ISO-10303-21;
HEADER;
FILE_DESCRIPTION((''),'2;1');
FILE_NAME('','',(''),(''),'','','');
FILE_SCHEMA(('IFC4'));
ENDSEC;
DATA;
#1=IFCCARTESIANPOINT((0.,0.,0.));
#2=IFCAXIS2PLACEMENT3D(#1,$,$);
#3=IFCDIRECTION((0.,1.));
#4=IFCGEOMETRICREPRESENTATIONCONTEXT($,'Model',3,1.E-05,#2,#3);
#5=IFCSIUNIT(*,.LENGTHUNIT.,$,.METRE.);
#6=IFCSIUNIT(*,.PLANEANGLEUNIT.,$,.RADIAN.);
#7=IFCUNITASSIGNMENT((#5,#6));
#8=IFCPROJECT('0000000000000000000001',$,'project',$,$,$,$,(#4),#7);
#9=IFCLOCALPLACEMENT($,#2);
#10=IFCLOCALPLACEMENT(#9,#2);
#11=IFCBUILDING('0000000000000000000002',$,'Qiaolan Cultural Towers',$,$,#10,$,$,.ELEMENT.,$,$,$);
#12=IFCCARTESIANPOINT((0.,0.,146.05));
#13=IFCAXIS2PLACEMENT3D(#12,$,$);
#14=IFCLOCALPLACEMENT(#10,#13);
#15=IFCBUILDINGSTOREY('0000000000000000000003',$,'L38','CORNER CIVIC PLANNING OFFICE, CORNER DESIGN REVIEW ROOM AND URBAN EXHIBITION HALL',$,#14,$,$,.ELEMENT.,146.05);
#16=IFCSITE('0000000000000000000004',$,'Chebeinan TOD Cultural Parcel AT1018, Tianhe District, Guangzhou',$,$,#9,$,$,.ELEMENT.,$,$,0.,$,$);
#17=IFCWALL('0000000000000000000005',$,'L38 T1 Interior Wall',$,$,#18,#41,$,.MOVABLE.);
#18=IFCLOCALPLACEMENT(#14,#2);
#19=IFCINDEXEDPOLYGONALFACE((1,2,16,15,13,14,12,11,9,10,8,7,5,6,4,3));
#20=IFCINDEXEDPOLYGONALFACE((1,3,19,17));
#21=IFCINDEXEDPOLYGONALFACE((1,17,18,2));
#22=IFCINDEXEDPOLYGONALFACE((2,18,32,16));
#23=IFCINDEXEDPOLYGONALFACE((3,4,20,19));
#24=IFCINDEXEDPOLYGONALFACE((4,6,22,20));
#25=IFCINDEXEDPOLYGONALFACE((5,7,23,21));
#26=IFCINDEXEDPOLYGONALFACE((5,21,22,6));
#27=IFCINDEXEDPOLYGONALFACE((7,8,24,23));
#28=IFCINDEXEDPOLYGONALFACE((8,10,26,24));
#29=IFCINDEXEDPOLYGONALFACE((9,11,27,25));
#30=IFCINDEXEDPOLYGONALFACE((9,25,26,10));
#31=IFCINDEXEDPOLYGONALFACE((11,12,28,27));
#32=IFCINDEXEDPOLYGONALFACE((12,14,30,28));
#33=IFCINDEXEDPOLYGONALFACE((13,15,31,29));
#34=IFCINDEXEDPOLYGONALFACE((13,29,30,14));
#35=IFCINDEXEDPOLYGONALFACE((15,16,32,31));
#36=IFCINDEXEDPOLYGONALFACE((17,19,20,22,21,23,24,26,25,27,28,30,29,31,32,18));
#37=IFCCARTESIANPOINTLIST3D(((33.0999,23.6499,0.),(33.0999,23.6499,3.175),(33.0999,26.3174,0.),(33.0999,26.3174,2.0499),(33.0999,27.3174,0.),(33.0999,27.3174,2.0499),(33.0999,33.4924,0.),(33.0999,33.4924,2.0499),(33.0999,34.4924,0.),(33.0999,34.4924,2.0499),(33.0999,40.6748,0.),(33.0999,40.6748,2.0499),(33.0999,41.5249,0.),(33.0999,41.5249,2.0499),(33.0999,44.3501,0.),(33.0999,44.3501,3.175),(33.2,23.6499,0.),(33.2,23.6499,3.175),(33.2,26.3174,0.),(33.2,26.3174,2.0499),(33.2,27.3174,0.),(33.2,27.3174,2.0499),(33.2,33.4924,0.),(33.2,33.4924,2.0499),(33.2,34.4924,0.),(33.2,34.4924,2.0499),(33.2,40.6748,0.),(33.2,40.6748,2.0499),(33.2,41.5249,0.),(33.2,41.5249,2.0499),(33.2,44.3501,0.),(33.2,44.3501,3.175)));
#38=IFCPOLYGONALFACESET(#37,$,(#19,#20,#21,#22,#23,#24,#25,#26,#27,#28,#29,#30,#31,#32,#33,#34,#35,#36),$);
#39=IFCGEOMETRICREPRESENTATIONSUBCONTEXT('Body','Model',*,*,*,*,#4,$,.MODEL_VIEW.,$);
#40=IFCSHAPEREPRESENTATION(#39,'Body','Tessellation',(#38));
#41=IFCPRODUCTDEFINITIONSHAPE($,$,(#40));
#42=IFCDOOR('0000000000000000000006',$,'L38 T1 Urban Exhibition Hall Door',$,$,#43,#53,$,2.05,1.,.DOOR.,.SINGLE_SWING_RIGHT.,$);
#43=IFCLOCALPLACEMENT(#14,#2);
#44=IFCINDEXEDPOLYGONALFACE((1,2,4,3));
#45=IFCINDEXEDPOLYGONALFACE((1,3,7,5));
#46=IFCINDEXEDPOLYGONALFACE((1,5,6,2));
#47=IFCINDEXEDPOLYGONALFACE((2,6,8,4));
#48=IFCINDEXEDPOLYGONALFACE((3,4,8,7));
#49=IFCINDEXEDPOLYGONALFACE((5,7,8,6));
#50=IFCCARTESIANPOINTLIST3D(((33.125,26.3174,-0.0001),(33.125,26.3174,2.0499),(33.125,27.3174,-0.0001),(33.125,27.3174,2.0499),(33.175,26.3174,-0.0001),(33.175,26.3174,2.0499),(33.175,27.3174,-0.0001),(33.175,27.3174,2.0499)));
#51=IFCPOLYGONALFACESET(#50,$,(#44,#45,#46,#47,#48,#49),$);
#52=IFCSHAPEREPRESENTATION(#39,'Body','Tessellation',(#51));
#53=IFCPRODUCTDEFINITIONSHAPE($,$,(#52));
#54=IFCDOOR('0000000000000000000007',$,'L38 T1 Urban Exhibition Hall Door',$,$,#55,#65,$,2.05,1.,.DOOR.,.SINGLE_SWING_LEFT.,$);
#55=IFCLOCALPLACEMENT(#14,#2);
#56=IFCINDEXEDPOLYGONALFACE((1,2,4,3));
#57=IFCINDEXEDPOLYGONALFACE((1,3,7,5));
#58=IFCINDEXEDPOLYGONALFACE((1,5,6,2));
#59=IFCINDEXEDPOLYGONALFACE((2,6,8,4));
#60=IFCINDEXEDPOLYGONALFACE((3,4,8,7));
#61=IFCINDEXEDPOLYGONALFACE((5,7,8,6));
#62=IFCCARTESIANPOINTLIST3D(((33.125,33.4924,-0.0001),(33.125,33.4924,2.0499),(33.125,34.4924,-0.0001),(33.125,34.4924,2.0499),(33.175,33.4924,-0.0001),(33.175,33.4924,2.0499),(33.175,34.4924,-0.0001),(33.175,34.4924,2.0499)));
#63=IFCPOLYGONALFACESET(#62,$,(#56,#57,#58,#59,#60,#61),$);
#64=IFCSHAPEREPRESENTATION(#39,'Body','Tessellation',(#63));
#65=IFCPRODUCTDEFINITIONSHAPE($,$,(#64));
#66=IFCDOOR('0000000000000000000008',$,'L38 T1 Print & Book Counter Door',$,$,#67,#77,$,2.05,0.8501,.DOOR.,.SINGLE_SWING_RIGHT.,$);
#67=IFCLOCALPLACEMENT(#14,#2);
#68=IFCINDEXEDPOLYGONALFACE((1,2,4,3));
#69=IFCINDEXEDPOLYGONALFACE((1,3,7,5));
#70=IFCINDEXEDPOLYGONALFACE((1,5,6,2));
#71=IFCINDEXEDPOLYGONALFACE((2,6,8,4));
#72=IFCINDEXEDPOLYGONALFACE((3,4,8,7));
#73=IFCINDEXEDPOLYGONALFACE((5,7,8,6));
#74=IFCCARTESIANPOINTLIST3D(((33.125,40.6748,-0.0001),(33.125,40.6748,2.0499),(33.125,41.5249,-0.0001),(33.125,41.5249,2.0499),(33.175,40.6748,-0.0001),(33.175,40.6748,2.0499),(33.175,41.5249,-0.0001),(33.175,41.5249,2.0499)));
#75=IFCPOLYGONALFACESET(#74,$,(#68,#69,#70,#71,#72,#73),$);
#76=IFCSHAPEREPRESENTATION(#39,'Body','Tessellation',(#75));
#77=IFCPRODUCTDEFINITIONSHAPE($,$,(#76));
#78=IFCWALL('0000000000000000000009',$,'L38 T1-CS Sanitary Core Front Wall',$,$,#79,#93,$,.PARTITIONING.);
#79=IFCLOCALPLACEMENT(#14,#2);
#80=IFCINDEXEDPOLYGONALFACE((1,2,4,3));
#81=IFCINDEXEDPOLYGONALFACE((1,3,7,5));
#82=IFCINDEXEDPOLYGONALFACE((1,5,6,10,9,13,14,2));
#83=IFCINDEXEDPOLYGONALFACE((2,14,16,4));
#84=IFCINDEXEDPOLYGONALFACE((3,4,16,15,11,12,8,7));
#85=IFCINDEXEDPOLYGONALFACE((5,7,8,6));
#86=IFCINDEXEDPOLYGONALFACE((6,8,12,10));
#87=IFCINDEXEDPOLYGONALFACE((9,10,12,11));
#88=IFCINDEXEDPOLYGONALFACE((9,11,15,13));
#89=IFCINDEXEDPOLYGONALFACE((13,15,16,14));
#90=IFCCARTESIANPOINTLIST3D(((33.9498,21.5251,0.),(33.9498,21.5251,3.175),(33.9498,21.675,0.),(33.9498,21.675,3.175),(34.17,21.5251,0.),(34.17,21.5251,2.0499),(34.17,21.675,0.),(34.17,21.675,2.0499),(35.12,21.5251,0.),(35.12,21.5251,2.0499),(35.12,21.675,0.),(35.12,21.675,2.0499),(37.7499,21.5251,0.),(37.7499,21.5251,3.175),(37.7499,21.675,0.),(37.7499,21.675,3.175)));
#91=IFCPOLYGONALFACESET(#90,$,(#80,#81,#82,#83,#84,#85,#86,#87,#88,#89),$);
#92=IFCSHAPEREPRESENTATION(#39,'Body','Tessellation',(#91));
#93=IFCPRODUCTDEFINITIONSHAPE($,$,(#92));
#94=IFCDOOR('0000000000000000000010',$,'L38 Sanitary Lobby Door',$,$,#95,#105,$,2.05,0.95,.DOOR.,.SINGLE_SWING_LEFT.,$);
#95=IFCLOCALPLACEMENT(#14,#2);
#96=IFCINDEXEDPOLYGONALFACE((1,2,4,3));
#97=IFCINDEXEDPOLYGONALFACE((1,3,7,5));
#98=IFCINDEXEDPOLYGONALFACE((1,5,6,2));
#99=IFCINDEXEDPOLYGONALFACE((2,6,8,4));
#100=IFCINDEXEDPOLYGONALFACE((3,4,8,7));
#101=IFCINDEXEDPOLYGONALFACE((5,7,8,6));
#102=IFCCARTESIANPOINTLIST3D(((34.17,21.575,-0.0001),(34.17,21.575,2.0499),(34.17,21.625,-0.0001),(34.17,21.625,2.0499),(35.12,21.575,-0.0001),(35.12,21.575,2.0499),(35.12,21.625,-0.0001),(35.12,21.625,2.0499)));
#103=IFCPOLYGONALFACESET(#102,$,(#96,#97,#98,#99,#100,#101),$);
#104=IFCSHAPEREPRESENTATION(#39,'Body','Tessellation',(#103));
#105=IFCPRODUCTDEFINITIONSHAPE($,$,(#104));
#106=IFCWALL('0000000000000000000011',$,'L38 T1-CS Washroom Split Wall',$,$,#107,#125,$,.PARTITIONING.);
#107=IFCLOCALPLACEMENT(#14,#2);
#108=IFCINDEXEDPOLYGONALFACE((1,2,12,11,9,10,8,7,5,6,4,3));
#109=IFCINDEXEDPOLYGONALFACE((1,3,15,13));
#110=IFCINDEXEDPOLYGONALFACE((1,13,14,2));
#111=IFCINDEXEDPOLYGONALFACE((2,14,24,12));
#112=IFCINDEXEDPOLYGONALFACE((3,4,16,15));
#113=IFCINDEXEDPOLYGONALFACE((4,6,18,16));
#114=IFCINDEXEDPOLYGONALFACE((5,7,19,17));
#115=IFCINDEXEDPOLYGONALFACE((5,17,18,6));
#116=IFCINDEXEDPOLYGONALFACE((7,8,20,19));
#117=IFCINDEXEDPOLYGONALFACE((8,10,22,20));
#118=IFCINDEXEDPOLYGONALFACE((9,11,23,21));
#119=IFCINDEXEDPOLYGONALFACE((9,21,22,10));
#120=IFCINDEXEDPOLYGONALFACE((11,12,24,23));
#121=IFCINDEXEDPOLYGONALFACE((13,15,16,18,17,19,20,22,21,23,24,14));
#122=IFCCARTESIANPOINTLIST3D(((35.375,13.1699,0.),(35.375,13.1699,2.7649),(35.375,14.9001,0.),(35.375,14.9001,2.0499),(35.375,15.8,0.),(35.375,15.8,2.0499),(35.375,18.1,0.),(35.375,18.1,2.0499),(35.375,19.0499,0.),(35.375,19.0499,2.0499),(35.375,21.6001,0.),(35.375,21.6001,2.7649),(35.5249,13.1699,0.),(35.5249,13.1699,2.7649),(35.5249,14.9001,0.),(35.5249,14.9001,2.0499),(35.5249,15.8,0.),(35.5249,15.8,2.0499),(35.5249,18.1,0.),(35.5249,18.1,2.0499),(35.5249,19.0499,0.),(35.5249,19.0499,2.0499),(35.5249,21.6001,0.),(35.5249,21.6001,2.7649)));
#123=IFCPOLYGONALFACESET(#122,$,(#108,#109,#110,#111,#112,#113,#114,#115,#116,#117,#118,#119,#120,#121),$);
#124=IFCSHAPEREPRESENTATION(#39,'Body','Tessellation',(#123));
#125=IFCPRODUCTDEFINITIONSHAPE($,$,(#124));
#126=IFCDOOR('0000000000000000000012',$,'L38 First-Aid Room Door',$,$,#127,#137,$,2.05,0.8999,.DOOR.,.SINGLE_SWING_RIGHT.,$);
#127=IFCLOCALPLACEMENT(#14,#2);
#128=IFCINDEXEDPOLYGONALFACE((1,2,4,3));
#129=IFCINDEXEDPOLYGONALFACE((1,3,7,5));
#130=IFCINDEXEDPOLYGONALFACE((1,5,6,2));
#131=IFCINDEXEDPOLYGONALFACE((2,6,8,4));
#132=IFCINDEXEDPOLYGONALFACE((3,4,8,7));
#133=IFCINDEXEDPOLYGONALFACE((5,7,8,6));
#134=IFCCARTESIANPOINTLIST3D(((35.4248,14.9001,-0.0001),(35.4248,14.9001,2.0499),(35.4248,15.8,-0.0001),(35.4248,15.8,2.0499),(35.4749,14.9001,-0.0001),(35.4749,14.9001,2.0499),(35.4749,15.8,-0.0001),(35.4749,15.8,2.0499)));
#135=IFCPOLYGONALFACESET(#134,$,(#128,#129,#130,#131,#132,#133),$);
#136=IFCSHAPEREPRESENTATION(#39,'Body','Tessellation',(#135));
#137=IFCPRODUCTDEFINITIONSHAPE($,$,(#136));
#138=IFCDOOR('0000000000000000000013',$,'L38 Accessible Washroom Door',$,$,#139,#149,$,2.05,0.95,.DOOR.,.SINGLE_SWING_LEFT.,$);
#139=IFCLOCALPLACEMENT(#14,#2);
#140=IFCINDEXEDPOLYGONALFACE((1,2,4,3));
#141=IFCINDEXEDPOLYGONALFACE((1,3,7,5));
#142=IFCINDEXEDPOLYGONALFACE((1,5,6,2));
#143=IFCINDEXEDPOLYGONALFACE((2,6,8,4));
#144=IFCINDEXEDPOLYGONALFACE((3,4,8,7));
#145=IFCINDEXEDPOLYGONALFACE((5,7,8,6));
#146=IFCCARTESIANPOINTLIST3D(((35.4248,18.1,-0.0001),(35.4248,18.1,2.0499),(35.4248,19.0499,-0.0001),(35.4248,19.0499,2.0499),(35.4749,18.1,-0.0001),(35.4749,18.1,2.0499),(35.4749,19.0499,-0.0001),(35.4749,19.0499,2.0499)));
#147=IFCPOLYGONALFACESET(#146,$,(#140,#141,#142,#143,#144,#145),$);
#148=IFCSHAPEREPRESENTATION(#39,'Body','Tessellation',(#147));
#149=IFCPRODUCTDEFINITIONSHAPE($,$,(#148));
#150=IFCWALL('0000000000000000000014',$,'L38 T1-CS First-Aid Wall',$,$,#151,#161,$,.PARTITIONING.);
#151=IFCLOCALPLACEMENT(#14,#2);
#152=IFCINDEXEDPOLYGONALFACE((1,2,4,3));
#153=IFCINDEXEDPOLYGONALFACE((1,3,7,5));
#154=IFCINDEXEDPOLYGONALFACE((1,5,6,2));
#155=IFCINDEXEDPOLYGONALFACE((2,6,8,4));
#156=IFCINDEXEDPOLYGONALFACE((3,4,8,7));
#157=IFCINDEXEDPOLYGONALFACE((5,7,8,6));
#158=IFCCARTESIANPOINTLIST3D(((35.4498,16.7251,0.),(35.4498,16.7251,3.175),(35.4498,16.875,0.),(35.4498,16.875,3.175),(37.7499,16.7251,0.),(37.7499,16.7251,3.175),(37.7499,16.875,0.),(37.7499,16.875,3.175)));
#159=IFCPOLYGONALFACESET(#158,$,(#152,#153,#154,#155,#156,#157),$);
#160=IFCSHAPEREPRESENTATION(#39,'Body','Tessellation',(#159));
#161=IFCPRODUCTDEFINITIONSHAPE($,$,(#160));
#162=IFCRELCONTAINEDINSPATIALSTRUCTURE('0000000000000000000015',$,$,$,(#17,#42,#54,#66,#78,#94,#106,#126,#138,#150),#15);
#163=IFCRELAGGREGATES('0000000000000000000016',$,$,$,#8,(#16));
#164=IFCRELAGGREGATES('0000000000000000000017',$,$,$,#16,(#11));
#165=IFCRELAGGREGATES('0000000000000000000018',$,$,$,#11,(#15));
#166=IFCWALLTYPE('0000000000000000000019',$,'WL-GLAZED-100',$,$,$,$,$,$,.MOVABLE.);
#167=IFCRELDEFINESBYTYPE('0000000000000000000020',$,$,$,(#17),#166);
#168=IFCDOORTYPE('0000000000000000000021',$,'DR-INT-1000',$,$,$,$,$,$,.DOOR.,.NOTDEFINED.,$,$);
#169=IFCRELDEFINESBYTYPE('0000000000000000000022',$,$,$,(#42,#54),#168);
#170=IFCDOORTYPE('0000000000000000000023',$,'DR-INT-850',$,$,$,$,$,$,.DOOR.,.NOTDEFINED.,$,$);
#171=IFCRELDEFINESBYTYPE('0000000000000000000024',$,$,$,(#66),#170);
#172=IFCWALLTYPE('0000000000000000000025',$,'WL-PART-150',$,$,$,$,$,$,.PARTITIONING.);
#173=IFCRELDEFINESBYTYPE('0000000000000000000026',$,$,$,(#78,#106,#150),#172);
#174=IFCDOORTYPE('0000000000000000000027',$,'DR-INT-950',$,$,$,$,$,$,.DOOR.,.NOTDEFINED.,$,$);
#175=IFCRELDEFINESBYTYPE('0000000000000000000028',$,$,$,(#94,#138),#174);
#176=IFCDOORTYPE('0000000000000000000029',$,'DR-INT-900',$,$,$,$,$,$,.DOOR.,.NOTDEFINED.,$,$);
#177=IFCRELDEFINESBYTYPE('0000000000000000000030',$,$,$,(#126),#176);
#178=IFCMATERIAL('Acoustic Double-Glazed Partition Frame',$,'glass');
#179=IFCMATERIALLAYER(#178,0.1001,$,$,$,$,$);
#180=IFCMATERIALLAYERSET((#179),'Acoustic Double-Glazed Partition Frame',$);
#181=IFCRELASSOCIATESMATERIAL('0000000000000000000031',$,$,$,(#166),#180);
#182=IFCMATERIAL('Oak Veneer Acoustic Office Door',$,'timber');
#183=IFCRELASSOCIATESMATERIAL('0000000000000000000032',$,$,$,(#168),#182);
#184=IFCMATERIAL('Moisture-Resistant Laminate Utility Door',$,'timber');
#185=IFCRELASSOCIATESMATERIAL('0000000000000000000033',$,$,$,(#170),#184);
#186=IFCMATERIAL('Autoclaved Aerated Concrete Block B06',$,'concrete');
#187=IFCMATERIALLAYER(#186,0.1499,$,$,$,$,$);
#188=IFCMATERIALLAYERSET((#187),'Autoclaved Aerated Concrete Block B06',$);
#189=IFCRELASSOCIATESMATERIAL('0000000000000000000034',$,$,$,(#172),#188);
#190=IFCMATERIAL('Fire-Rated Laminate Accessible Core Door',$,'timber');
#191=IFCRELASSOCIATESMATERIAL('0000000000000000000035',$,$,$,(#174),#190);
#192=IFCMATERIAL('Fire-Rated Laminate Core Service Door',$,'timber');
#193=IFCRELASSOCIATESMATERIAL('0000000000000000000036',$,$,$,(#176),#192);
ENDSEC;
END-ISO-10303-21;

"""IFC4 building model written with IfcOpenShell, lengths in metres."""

from ifc_helpers import new_model, si_unit, direction, frame, frame_2d, origin, place, context, subcontext, project, spatial, rectangle, extrude, material, layer, layer_set, type_object, element, fill, save


model = new_model("IFC4")

# Units and contexts
model_context = context("Model", 3, precision=1e-05, world=origin(), true_north=direction((0.0, 1.0)))
body_context = subcontext(model_context, "Body", "Model", "MODEL_VIEW")
ifc_project = project(units=[si_unit("LENGTHUNIT", "METRE"), si_unit("PLANEANGLEUNIT", "RADIAN")], contexts=[model_context])

# Site, building, storey
site_placement = place(None, origin())
site = spatial("IfcSite", under=ifc_project, at=site_placement, Name="Chebeinan TOD Cultural Parcel AT1018, Tianhe District, Guangzhou", CompositionType="ELEMENT", RefElevation=0.0)
building_placement = place(site_placement, origin())
building = spatial("IfcBuilding", under=site, at=building_placement, Name="Qiaolan Cultural Towers", CompositionType="ELEMENT")
storey_placement = place(building_placement, frame((0.0, 0.0, 146.05)))
storey = spatial("IfcBuildingStorey", under=building, at=storey_placement, Name="L38", Description="CORNER CIVIC PLANNING OFFICE, CORNER DESIGN REVIEW ROOM AND URBAN EXHIBITION HALL", CompositionType="ELEMENT", Elevation=146.05)

# Shared definitions
ifc_material_1 = material(Name="Acoustic Double-Glazed Partition Frame", Category="glass")
ifc_layer_1 = layer(ifc_material_1, 0.1001)
ifc_layer_set_1 = layer_set([ifc_layer_1], Name="Acoustic Double-Glazed Partition Frame")
wall_type_1 = type_object("IfcWallType", Name="WL-GLAZED-100", PredefinedType="MOVABLE", material=ifc_layer_set_1)

# Wall, openings, doors
wall_1_placement = place(storey_placement, frame((33.1499, 23.6499, 0.0), z_axis=(0.0, 0.0, 1.0), x_axis=(0.0, 1.0, 0.0)))
wall_1 = element("IfcWall", 1, at=wall_1_placement, inside=storey, type_object=wall_type_1, Name="L38 T1 Interior Wall", PredefinedType="MOVABLE", context=body_context, shape_type="SweptSolid", body=[
    extrude(rectangle(XDim=20.7002, YDim=0.1001, at=frame_2d((10.3501, 0.0))), origin(), (0.0, 0.0, 1.0), 3.175),
])
opening_1_placement = place(wall_1_placement, frame((2.6675, 0.0, 0.0)))
opening_1 = element("IfcOpeningElement", 2, at=opening_1_placement, cuts=wall_1, PredefinedType="OPENING", context=body_context, shape_type="SweptSolid", body=[
    extrude(rectangle(XDim=1.0, YDim=2.05, at=frame_2d((0.5, 1.0249))), frame((0.0, 0.0601, 0.0), z_axis=(0.0, -1.0, 0.0), x_axis=(1.0, 0.0, 0.0)), (0.0, 0.0, 1.0), 0.1201),
])
opening_2_placement = place(wall_1_placement, frame((9.8425, 0.0, 0.0)))
opening_2 = element("IfcOpeningElement", 3, at=opening_2_placement, cuts=wall_1, PredefinedType="OPENING", context=body_context, shape_type="SweptSolid", body=[
    extrude(rectangle(XDim=1.0, YDim=2.05, at=frame_2d((0.5, 1.0249))), frame((0.0, 0.0601, 0.0), z_axis=(0.0, -1.0, 0.0), x_axis=(1.0, 0.0, 0.0)), (0.0, 0.0, 1.0), 0.1201),
])
opening_3_placement = place(wall_1_placement, frame((17.0249, 0.0, 0.0)))
opening_3 = element("IfcOpeningElement", 4, at=opening_3_placement, cuts=wall_1, PredefinedType="OPENING", context=body_context, shape_type="SweptSolid", body=[
    extrude(rectangle(XDim=0.8501, YDim=2.05, at=frame_2d((0.425, 1.0249))), frame((0.0, 0.0601, 0.0), z_axis=(0.0, -1.0, 0.0), x_axis=(1.0, 0.0, 0.0)), (0.0, 0.0, 1.0), 0.1201),
])
ifc_material_2 = material(Name="Oak Veneer Acoustic Office Door", Category="timber")
door_type_1 = type_object("IfcDoorType", Name="DR-INT-1000", OperationType="NOTDEFINED", PredefinedType="DOOR", material=ifc_material_2)
door_1_placement = place(opening_1_placement, origin())
door_1 = element("IfcDoor", 5, at=door_1_placement, inside=storey, type_object=door_type_1, Name="L38 T1 Urban Exhibition Hall Door", OperationType="SINGLE_SWING_RIGHT", OverallHeight=2.05, OverallWidth=1.0, PredefinedType="DOOR", context=body_context, shape_type="SweptSolid", body=[
    extrude(rectangle(XDim=1.0, YDim=2.05, at=frame_2d((0.5, 1.0249))), frame((0.0, 0.0249, 0.0), z_axis=(0.0, -1.0, 0.0), x_axis=(1.0, 0.0, 0.0)), (0.0, 0.0, 1.0), 0.05),
])
fill(opening_1, door_1)
door_2_placement = place(opening_2_placement, origin())
door_2 = element("IfcDoor", 6, at=door_2_placement, inside=storey, type_object=door_type_1, Name="L38 T1 Urban Exhibition Hall Door", OperationType="SINGLE_SWING_LEFT", OverallHeight=2.05, OverallWidth=1.0, PredefinedType="DOOR", context=body_context, shape_type="SweptSolid", body=[
    extrude(rectangle(XDim=1.0, YDim=2.05, at=frame_2d((0.5, 1.0249))), frame((0.0, 0.0249, 0.0), z_axis=(0.0, -1.0, 0.0), x_axis=(1.0, 0.0, 0.0)), (0.0, 0.0, 1.0), 0.05),
])
fill(opening_2, door_2)
ifc_material_3 = material(Name="Moisture-Resistant Laminate Utility Door", Category="timber")
door_type_2 = type_object("IfcDoorType", Name="DR-INT-850", OperationType="NOTDEFINED", PredefinedType="DOOR", material=ifc_material_3)
door_3_placement = place(opening_3_placement, origin())
door_3 = element("IfcDoor", 7, at=door_3_placement, inside=storey, type_object=door_type_2, Name="L38 T1 Print & Book Counter Door", OperationType="SINGLE_SWING_RIGHT", OverallHeight=2.05, OverallWidth=0.8501, PredefinedType="DOOR", context=body_context, shape_type="SweptSolid", body=[
    extrude(rectangle(XDim=0.8501, YDim=2.05, at=frame_2d((0.425, 1.0249))), frame((0.0, 0.0249, 0.0), z_axis=(0.0, -1.0, 0.0), x_axis=(1.0, 0.0, 0.0)), (0.0, 0.0, 1.0), 0.05),
])
fill(opening_3, door_3)

# Wall, opening, door
ifc_material_4 = material(Name="Autoclaved Aerated Concrete Block B06", Category="concrete")
ifc_layer_2 = layer(ifc_material_4, 0.1499)
ifc_layer_set_2 = layer_set([ifc_layer_2], Name="Autoclaved Aerated Concrete Block B06")
wall_type_2 = type_object("IfcWallType", Name="WL-PART-150", PredefinedType="PARTITIONING", material=ifc_layer_set_2)
wall_2_placement = place(storey_placement, frame((33.95, 21.6001, 0.0), z_axis=(0.0, 0.0, 1.0), x_axis=(1.0, 0.0, 0.0)))
wall_2 = element("IfcWall", 8, at=wall_2_placement, inside=storey, type_object=wall_type_2, Name="L38 T1-CS Sanitary Core Front Wall", PredefinedType="PARTITIONING", context=body_context, shape_type="SweptSolid", body=[
    extrude(rectangle(XDim=3.8, YDim=0.1499, at=frame_2d((1.8999, 0.0))), origin(), (0.0, 0.0, 1.0), 3.175),
])
opening_4_placement = place(wall_2_placement, frame((0.22, 0.0, 0.0)))
opening_4 = element("IfcOpeningElement", 9, at=opening_4_placement, cuts=wall_2, PredefinedType="OPENING", context=body_context, shape_type="SweptSolid", body=[
    extrude(rectangle(XDim=0.95, YDim=2.05, at=frame_2d((0.4751, 1.0249))), frame((0.0, 0.085, 0.0), z_axis=(0.0, -1.0, 0.0), x_axis=(1.0, 0.0, 0.0)), (0.0, 0.0, 1.0), 0.1699),
])
ifc_material_5 = material(Name="Fire-Rated Laminate Accessible Core Door", Category="timber")
door_type_3 = type_object("IfcDoorType", Name="DR-INT-950", OperationType="NOTDEFINED", PredefinedType="DOOR", material=ifc_material_5)
door_4_placement = place(opening_4_placement, origin())
door_4 = element("IfcDoor", 10, at=door_4_placement, inside=storey, type_object=door_type_3, Name="L38 Sanitary Lobby Door", OperationType="SINGLE_SWING_LEFT", OverallHeight=2.05, OverallWidth=0.95, PredefinedType="DOOR", context=body_context, shape_type="SweptSolid", body=[
    extrude(rectangle(XDim=0.95, YDim=2.05, at=frame_2d((0.4751, 1.0249))), frame((0.0, 0.0249, 0.0), z_axis=(0.0, -1.0, 0.0), x_axis=(1.0, 0.0, 0.0)), (0.0, 0.0, 1.0), 0.05),
])
fill(opening_4, door_4)

# Wall, openings, doors
wall_3_placement = place(storey_placement, frame((35.45, 21.6001, 0.0), z_axis=(0.0, 0.0, 1.0), x_axis=(0.0, -1.0, 0.0)))
wall_3 = element("IfcWall", 11, at=wall_3_placement, inside=storey, type_object=wall_type_2, Name="L38 T1-CS Washroom Split Wall", PredefinedType="PARTITIONING", context=body_context, shape_type="SweptSolid", body=[
    extrude(rectangle(XDim=8.4302, YDim=0.1499, at=frame_2d((4.2151, 0.0))), origin(), (0.0, 0.0, 1.0), 2.7649),
])
opening_5_placement = place(wall_3_placement, frame((2.55, 0.0, 0.0)))
opening_5 = element("IfcOpeningElement", 12, at=opening_5_placement, cuts=wall_3, PredefinedType="OPENING", context=body_context, shape_type="SweptSolid", body=[
    extrude(rectangle(XDim=0.95, YDim=2.05, at=frame_2d((0.4751, 1.0249))), frame((0.0, 0.085, 0.0), z_axis=(0.0, -1.0, 0.0), x_axis=(1.0, 0.0, 0.0)), (0.0, 0.0, 1.0), 0.1699),
])
opening_6_placement = place(wall_3_placement, frame((5.8, 0.0, 0.0)))
opening_6 = element("IfcOpeningElement", 13, at=opening_6_placement, cuts=wall_3, PredefinedType="OPENING", context=body_context, shape_type="SweptSolid", body=[
    extrude(rectangle(XDim=0.8999, YDim=2.05, at=frame_2d((0.45, 1.0249))), frame((0.0, 0.085, 0.0), z_axis=(0.0, -1.0, 0.0), x_axis=(1.0, 0.0, 0.0)), (0.0, 0.0, 1.0), 0.1699),
])
ifc_material_6 = material(Name="Fire-Rated Laminate Core Service Door", Category="timber")
door_type_4 = type_object("IfcDoorType", Name="DR-INT-900", OperationType="NOTDEFINED", PredefinedType="DOOR", material=ifc_material_6)
door_5_placement = place(opening_6_placement, origin())
door_5 = element("IfcDoor", 14, at=door_5_placement, inside=storey, type_object=door_type_4, Name="L38 First-Aid Room Door", OperationType="SINGLE_SWING_RIGHT", OverallHeight=2.05, OverallWidth=0.8999, PredefinedType="DOOR", context=body_context, shape_type="SweptSolid", body=[
    extrude(rectangle(XDim=0.8999, YDim=2.05, at=frame_2d((0.45, 1.0249))), frame((0.0, 0.0249, 0.0), z_axis=(0.0, -1.0, 0.0), x_axis=(1.0, 0.0, 0.0)), (0.0, 0.0, 1.0), 0.05),
])
fill(opening_6, door_5)
door_6_placement = place(opening_5_placement, origin())
door_6 = element("IfcDoor", 15, at=door_6_placement, inside=storey, type_object=door_type_3, Name="L38 Accessible Washroom Door", OperationType="SINGLE_SWING_LEFT", OverallHeight=2.05, OverallWidth=0.95, PredefinedType="DOOR", context=body_context, shape_type="SweptSolid", body=[
    extrude(rectangle(XDim=0.95, YDim=2.05, at=frame_2d((0.4751, 1.0249))), frame((0.0, 0.0249, 0.0), z_axis=(0.0, -1.0, 0.0), x_axis=(1.0, 0.0, 0.0)), (0.0, 0.0, 1.0), 0.05),
])
fill(opening_5, door_6)

# Wall
wall_4_placement = place(storey_placement, frame((35.45, 16.8, 0.0), z_axis=(0.0, 0.0, 1.0), x_axis=(1.0, 0.0, 0.0)))
element("IfcWall", 16, at=wall_4_placement, inside=storey, type_object=wall_type_2, Name="L38 T1-CS First-Aid Wall", PredefinedType="PARTITIONING", context=body_context, shape_type="SweptSolid", body=[
    extrude(rectangle(XDim=2.3, YDim=0.1499, at=frame_2d((1.1499, 0.0))), origin(), (0.0, 0.0, 1.0), 3.175),
])

save(model, "model.ifc")
